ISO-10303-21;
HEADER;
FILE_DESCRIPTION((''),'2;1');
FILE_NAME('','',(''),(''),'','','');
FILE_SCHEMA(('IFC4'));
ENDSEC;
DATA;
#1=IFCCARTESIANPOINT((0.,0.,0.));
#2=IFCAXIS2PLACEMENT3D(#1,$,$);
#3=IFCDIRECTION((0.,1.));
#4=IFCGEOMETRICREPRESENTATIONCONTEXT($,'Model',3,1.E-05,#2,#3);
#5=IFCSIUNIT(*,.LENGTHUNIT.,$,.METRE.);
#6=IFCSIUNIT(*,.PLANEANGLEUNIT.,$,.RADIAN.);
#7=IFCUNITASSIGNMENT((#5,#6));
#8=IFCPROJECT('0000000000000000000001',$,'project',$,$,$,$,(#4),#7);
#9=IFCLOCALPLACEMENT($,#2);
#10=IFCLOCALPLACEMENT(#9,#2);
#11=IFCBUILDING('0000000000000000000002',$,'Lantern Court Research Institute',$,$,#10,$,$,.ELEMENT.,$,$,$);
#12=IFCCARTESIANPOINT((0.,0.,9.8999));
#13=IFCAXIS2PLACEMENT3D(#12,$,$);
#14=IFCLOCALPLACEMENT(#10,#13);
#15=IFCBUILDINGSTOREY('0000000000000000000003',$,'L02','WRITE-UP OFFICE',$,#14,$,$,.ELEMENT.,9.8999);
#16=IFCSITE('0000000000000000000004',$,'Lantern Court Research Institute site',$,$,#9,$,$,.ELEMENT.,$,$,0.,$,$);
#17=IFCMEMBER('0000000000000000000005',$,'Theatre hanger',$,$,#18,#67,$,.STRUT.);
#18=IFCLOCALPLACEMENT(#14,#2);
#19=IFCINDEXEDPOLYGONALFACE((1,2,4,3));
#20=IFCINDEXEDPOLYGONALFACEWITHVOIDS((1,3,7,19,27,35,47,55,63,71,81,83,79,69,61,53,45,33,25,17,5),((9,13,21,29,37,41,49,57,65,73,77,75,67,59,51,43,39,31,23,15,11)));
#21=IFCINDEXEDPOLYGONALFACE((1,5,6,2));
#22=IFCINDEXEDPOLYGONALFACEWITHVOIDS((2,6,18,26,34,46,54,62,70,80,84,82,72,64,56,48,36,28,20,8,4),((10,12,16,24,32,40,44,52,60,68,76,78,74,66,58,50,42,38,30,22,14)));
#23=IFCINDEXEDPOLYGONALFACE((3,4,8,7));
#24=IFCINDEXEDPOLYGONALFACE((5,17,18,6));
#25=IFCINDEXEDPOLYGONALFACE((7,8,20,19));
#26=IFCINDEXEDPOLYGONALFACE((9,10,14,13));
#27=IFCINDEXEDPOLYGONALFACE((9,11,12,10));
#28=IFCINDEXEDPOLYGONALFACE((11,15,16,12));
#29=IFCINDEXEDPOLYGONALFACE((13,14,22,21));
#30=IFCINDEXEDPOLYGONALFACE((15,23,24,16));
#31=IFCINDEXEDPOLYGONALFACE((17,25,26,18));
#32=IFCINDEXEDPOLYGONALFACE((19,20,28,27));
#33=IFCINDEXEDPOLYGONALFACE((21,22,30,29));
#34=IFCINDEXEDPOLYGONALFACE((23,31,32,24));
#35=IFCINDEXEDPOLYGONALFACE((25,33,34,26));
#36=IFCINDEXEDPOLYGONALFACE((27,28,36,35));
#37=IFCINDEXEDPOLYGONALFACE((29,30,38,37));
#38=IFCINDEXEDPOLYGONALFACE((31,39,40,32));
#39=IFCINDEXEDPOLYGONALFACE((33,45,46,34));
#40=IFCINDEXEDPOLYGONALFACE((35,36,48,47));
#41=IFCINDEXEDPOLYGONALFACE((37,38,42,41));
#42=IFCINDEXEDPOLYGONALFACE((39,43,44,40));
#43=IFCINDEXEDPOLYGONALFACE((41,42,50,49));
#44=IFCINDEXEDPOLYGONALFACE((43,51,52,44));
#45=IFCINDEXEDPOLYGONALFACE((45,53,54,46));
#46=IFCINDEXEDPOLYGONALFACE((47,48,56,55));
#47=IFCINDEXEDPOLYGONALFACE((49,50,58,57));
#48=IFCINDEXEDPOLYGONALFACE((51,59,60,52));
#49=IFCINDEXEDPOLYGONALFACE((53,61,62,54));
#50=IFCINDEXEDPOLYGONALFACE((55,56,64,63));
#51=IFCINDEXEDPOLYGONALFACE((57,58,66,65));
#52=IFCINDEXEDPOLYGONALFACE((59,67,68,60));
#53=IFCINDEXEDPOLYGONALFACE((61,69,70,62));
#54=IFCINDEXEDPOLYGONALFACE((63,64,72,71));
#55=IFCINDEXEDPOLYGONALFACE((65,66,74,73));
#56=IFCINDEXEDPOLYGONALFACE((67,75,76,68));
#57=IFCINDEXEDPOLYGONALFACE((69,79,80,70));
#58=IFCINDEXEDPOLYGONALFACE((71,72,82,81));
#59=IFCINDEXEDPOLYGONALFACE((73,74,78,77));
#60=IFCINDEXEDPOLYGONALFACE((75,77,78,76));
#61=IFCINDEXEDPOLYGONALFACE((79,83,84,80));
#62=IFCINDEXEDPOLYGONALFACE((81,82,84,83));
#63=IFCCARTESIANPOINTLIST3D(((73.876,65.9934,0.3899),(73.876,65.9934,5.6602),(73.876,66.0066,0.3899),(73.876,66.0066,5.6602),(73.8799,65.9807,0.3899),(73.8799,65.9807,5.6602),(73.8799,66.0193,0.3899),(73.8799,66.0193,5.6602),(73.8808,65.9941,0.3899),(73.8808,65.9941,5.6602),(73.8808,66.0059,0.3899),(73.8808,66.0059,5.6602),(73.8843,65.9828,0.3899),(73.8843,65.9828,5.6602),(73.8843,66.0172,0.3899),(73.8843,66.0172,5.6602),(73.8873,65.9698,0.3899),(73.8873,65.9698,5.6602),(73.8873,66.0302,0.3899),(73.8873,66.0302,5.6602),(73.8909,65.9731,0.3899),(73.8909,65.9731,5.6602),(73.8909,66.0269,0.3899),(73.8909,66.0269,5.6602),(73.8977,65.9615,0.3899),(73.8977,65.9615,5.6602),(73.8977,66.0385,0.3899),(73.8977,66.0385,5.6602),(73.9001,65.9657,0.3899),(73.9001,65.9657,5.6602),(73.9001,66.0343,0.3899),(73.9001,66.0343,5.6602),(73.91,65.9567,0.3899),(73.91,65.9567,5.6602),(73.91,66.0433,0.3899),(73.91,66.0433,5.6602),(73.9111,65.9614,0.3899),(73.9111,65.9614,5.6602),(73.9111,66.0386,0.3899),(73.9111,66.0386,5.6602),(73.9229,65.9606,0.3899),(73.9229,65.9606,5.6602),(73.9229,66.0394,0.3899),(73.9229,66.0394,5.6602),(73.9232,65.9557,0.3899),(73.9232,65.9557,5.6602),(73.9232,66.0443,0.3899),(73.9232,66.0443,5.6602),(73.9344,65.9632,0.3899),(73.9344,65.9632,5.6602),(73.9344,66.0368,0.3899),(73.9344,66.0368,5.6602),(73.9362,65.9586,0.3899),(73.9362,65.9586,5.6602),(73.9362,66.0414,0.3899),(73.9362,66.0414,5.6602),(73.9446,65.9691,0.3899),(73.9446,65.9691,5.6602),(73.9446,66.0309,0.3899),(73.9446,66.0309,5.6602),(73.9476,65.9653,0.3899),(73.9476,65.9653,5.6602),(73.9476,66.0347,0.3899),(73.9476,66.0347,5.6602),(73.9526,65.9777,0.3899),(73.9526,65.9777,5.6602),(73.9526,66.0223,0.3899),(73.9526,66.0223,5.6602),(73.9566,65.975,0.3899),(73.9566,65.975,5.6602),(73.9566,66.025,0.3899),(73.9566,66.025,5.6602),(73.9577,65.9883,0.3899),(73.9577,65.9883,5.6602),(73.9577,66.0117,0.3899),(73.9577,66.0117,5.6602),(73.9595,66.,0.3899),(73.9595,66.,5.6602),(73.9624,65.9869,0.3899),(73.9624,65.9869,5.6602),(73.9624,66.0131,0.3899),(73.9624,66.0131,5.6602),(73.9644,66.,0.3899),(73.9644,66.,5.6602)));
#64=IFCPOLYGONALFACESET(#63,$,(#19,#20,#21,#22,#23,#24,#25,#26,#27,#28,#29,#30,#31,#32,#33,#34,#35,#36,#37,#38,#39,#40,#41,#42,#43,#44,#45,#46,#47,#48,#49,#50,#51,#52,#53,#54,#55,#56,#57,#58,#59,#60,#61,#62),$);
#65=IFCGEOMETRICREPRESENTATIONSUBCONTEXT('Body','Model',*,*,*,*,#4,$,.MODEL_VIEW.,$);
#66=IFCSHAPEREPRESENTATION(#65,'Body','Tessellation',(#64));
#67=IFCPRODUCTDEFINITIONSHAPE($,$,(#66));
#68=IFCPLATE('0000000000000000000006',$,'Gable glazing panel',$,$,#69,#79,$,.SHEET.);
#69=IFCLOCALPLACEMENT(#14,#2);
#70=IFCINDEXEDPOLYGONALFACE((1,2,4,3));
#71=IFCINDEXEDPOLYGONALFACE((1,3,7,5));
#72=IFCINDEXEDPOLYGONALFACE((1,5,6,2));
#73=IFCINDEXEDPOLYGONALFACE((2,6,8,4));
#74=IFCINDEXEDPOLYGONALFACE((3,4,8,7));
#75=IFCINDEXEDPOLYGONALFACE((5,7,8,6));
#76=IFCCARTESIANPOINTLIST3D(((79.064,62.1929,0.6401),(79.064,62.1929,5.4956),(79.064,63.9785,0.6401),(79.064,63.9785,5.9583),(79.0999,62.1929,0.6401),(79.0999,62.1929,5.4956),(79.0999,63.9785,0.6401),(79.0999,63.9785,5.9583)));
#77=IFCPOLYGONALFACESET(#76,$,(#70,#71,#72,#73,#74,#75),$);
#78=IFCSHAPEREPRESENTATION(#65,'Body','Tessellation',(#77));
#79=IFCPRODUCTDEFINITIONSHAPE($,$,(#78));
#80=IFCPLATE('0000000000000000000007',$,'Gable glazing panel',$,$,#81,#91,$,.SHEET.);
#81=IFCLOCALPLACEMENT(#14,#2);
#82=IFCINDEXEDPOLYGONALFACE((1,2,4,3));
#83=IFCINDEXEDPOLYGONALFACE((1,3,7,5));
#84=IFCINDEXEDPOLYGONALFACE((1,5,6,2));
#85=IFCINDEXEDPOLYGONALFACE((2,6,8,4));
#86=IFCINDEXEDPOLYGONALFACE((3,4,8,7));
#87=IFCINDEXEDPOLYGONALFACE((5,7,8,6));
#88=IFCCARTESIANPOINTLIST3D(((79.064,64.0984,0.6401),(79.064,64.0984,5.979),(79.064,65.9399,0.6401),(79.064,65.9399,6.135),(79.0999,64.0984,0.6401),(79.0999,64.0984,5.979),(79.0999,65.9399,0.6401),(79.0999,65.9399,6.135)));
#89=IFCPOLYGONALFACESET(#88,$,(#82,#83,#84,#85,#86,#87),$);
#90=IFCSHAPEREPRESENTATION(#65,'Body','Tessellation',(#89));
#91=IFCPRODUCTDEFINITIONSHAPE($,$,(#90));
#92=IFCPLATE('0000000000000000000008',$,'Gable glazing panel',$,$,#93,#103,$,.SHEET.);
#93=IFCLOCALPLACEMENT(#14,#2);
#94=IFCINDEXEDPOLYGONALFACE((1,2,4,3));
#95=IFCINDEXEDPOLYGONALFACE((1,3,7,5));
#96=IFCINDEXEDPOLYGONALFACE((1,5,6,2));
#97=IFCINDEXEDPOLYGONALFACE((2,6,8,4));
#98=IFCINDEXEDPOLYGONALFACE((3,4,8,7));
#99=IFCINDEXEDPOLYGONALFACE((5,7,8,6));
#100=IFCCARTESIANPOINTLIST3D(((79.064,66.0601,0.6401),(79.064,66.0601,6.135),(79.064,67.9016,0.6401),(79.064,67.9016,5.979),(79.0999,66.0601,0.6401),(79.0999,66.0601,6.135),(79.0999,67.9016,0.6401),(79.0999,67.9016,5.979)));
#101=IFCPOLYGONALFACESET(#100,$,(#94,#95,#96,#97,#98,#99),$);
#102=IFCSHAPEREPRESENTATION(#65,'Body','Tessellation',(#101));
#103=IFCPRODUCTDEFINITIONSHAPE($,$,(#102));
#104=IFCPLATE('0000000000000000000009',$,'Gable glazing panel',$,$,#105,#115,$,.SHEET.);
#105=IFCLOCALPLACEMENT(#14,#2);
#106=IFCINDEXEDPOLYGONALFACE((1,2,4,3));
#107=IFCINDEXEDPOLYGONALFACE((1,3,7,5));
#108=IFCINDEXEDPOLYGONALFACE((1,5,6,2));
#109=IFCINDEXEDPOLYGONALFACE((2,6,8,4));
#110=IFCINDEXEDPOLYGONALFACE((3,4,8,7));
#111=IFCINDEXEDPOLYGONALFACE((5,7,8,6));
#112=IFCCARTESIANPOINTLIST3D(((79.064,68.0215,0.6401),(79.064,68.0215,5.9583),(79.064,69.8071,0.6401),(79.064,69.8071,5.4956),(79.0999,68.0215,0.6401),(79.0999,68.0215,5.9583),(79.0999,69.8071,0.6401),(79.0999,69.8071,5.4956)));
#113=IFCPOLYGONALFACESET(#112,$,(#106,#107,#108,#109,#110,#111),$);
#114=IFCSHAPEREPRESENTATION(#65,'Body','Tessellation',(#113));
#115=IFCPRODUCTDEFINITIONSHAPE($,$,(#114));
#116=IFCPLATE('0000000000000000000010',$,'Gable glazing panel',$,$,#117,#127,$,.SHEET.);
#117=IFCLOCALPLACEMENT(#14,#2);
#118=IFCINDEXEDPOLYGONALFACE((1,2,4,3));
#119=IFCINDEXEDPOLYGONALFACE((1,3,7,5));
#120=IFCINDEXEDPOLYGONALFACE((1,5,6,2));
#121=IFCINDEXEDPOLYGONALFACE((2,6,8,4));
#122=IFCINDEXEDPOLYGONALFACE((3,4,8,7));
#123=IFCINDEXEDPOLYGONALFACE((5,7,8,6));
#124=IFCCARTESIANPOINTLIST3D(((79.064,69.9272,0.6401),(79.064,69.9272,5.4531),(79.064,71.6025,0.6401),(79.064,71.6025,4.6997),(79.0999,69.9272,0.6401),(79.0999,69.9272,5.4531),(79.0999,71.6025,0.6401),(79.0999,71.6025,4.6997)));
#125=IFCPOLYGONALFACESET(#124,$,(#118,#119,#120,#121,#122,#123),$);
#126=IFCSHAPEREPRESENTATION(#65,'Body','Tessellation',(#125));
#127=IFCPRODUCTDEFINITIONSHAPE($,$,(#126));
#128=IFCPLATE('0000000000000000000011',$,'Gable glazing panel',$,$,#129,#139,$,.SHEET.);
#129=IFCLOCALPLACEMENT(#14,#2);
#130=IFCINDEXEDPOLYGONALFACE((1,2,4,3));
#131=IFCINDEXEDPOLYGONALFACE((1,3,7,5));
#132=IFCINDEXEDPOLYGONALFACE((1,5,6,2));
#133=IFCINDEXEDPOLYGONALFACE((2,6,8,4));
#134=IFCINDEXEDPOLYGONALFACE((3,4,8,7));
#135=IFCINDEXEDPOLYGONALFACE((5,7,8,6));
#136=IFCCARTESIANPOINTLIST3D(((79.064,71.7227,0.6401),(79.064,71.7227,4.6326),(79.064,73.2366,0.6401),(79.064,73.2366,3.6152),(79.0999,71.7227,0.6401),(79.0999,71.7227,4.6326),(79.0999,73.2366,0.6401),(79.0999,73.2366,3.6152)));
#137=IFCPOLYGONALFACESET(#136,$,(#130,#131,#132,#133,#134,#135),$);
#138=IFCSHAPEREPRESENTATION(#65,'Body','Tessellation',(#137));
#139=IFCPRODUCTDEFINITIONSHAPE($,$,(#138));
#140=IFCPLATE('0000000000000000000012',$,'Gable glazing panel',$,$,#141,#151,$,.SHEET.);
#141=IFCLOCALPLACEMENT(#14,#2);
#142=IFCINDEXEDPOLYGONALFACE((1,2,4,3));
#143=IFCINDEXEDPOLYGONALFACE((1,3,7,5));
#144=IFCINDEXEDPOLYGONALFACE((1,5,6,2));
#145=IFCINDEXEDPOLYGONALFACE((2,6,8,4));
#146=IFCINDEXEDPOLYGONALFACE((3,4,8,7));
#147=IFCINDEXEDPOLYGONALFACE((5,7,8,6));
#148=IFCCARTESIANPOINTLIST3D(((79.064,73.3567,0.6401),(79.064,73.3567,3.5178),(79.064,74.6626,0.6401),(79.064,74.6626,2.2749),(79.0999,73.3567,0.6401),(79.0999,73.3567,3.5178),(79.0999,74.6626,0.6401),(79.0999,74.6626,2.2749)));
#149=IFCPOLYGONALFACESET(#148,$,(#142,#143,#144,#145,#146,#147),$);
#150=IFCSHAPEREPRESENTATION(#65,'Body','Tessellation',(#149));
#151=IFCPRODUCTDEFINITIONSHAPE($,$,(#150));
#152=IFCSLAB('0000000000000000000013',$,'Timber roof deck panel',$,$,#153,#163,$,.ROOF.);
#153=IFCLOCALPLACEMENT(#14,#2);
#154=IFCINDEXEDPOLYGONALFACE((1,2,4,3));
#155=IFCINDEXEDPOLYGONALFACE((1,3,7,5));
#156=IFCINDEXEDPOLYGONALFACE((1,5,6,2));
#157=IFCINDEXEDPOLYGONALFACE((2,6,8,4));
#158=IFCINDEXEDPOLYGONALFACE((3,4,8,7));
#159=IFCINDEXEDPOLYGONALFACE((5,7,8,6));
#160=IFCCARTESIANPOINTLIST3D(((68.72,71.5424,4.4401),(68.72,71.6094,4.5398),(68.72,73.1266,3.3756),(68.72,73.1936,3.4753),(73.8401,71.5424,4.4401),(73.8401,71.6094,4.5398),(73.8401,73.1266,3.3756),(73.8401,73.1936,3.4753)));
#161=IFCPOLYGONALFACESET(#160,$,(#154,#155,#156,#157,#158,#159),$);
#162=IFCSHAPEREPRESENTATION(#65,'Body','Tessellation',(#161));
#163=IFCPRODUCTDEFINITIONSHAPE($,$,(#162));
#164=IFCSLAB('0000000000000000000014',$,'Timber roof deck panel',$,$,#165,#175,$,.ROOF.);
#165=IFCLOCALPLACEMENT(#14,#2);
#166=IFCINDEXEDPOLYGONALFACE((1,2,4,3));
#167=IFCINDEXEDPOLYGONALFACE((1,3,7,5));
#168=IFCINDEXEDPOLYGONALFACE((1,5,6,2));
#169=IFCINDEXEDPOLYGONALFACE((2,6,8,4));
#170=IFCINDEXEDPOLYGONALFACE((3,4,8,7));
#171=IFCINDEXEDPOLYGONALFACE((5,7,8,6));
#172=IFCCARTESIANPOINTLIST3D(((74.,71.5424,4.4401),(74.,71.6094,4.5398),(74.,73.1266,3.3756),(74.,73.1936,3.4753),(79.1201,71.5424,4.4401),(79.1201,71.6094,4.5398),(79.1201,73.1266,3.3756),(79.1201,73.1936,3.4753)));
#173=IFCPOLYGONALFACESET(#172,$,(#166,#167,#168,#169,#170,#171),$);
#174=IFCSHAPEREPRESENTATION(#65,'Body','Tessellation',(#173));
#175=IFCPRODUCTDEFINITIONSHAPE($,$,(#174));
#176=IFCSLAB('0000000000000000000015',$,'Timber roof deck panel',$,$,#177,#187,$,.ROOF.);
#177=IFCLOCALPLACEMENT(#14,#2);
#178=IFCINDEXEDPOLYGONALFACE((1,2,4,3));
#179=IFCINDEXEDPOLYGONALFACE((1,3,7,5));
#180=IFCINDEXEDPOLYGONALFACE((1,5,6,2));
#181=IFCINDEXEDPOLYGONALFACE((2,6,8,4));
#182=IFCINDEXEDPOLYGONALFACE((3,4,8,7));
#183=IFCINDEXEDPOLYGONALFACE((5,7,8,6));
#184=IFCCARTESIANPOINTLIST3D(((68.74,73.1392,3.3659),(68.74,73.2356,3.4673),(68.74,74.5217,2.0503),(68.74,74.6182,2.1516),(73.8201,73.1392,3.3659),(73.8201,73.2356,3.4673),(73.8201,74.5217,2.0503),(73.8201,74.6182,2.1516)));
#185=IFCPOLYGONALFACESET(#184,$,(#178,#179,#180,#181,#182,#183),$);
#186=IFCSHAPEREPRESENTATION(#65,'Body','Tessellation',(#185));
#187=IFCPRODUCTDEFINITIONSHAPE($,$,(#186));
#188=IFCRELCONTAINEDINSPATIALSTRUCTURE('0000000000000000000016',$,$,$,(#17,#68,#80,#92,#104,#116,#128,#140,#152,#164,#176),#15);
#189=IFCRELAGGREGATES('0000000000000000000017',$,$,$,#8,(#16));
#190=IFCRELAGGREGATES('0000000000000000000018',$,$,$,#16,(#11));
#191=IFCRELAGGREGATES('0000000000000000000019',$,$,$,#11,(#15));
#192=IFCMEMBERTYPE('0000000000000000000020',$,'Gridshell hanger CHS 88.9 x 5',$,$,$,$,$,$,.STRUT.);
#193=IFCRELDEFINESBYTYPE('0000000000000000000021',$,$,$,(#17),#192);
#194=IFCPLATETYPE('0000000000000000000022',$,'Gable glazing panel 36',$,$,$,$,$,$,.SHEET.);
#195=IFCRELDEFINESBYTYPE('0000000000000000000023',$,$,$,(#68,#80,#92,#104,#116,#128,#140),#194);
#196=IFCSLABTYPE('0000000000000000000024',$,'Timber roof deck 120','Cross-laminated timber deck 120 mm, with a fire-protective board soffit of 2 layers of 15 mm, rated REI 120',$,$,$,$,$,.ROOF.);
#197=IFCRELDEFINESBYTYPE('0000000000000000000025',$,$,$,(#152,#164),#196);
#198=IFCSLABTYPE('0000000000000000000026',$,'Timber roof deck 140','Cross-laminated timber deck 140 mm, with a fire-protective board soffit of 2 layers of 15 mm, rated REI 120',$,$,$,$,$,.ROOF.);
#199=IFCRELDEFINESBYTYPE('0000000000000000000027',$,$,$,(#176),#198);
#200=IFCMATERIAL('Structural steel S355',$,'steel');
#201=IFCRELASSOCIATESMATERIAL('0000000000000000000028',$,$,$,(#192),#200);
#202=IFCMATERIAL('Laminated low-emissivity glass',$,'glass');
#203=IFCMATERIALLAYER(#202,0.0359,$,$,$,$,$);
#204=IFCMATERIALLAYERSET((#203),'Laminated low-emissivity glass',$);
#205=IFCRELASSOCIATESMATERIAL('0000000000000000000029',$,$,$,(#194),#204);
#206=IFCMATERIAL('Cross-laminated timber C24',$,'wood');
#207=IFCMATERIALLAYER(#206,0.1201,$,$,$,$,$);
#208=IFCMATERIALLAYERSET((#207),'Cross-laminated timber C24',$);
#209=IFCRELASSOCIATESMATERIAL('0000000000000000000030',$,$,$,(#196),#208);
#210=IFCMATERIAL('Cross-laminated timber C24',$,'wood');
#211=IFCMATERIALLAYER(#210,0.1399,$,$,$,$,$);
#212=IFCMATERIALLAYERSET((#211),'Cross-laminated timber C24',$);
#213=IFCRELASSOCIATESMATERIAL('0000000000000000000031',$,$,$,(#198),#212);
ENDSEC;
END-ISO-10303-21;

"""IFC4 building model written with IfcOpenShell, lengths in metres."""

from ifc_helpers import new_model, si_unit, direction, frame, origin, origin_2d, place, context, subcontext, project, spatial, polyline, hollow_circle, outline, extrude, material, layer, layer_set, material_profile, profile_set, type_object, element, save


model = new_model("IFC4")

# Units and contexts
model_context = context("Model", 3, precision=1e-05, world=origin(), true_north=direction((0.0, 1.0)))
body_context = subcontext(model_context, "Body", "Model", "MODEL_VIEW")
ifc_project = project(units=[si_unit("LENGTHUNIT", "METRE"), si_unit("PLANEANGLEUNIT", "RADIAN")], contexts=[model_context])

# Site, building, storey
site_placement = place(None, origin())
site = spatial("IfcSite", under=ifc_project, at=site_placement, Name="Lantern Court Research Institute site", CompositionType="ELEMENT", RefElevation=0.0)
building_placement = place(site_placement, origin())
building = spatial("IfcBuilding", under=site, at=building_placement, Name="Lantern Court Research Institute", CompositionType="ELEMENT")
storey_placement = place(building_placement, frame((0.0, 0.0, 9.8999)))
storey = spatial("IfcBuildingStorey", under=building, at=storey_placement, Name="L02", Description="WRITE-UP OFFICE", CompositionType="ELEMENT", Elevation=9.8999)

# Member
ifc_material_1 = material(Name="Structural steel S355", Category="steel")
ifc_material_profile_1 = material_profile(ifc_material_1, hollow_circle(Radius=0.0444, WallThickness=0.0049, at=origin_2d()), Name="Gridshell hanger CHS 88.9 x 5")
ifc_profile_set_1 = profile_set([ifc_material_profile_1], Name="Structural steel S355")
member_type_1 = type_object("IfcMemberType", Name="Gridshell hanger CHS 88.9 x 5", PredefinedType="STRUT", material=ifc_profile_set_1)
for number, where, z_axis, x_axis, name in (
    (1, (73.9199, 66.0, 0.3899), (0.0, 0.0, 1.0), (1.0, 0.0, 0.0), "Theatre hanger"),
):
    element("IfcMember", number, at=place(storey_placement, frame(where, z_axis=z_axis, x_axis=x_axis)), inside=storey, type_object=member_type_1, Name=name, PredefinedType="STRUT", context=body_context, shape_type="SweptSolid", body=[
        extrude(hollow_circle(Radius=0.0444, WallThickness=0.0049, at=origin_2d()), origin(), (0.0, 0.0, 1.0), 5.2703),
    ])

# Plates
ifc_material_2 = material(Name="Laminated low-emissivity glass", Category="glass")
ifc_layer_1 = layer(ifc_material_2, 0.0359)
ifc_layer_set_1 = layer_set([ifc_layer_1], Name="Laminated low-emissivity glass")
plate_type = type_object("IfcPlateType", Name="Gable glazing panel 36", PredefinedType="SHEET", material=ifc_layer_set_1)
plate_1_placement = place(storey_placement, frame((79.082, 62.1929, 0.6401), z_axis=(0.0, 0.0, 1.0), x_axis=(0.0, 1.0, 0.0)))
element("IfcPlate", 2, at=plate_1_placement, inside=storey, type_object=plate_type, Name="Gable glazing panel", PredefinedType="SHEET", context=body_context, shape_type="SweptSolid", body=[
    extrude(outline(polyline([(0.0, 0.0), (1.7856, 0.0), (1.7856, 5.3181), (0.0, 4.8555), (0.0, 0.0)])), frame((0.0, 0.0181, 0.0), z_axis=(0.0, -1.0, 0.0), x_axis=(1.0, 0.0, 0.0)), (0.0, 0.0, 1.0), 0.0359),
])
plate_2_placement = place(storey_placement, frame((79.082, 64.0984, 0.6401), z_axis=(0.0, 0.0, 1.0), x_axis=(0.0, 1.0, 0.0)))
element("IfcPlate", 3, at=plate_2_placement, inside=storey, type_object=plate_type, Name="Gable glazing panel", PredefinedType="SHEET", context=body_context, shape_type="SweptSolid", body=[
    extrude(outline(polyline([(0.0, 0.0), (1.8416, 0.0), (1.8416, 5.4949), (0.0, 5.3389), (0.0, 0.0)])), frame((0.0, 0.0181, 0.0), z_axis=(0.0, -1.0, 0.0), x_axis=(1.0, 0.0, 0.0)), (0.0, 0.0, 1.0), 0.0359),
])
plate_3_placement = place(storey_placement, frame((79.082, 66.0601, 0.6401), z_axis=(0.0, 0.0, 1.0), x_axis=(0.0, 1.0, 0.0)))
element("IfcPlate", 4, at=plate_3_placement, inside=storey, type_object=plate_type, Name="Gable glazing panel", PredefinedType="SHEET", context=body_context, shape_type="SweptSolid", body=[
    extrude(outline(polyline([(0.0, 0.0), (1.8416, 0.0), (1.8416, 5.3389), (0.0, 5.4949), (0.0, 0.0)])), frame((0.0, 0.0181, 0.0), z_axis=(0.0, -1.0, 0.0), x_axis=(1.0, 0.0, 0.0)), (0.0, 0.0, 1.0), 0.0359),
])
plate_4_placement = place(storey_placement, frame((79.082, 68.0215, 0.6401), z_axis=(0.0, 0.0, 1.0), x_axis=(0.0, 1.0, 0.0)))
element("IfcPlate", 5, at=plate_4_placement, inside=storey, type_object=plate_type, Name="Gable glazing panel", PredefinedType="SHEET", context=body_context, shape_type="SweptSolid", body=[
    extrude(outline(polyline([(0.0, 0.0), (1.7856, 0.0), (1.7856, 4.8555), (0.0, 5.3181), (0.0, 0.0)])), frame((0.0, 0.0181, 0.0), z_axis=(0.0, -1.0, 0.0), x_axis=(1.0, 0.0, 0.0)), (0.0, 0.0, 1.0), 0.0359),
])
plate_5_placement = place(storey_placement, frame((79.082, 69.9272, 0.6401), z_axis=(0.0, 0.0, 1.0), x_axis=(0.0, 1.0, 0.0)))
element("IfcPlate", 6, at=plate_5_placement, inside=storey, type_object=plate_type, Name="Gable glazing panel", PredefinedType="SHEET", context=body_context, shape_type="SweptSolid", body=[
    extrude(outline(polyline([(0.0, 0.0), (1.6753, 0.0), (1.6753, 4.0596), (0.0, 4.813), (0.0, 0.0)])), frame((0.0, 0.0181, 0.0), z_axis=(0.0, -1.0, 0.0), x_axis=(1.0, 0.0, 0.0)), (0.0, 0.0, 1.0), 0.0359),
])
plate_6_placement = place(storey_placement, frame((79.082, 71.7227, 0.6401), z_axis=(0.0, 0.0, 1.0), x_axis=(0.0, 1.0, 0.0)))
element("IfcPlate", 7, at=plate_6_placement, inside=storey, type_object=plate_type, Name="Gable glazing panel", PredefinedType="SHEET", context=body_context, shape_type="SweptSolid", body=[
    extrude(outline(polyline([(0.0, 0.0), (1.5139, 0.0), (1.5139, 2.9751), (0.0, 3.9924), (0.0, 0.0)])), frame((0.0, 0.0181, 0.0), z_axis=(0.0, -1.0, 0.0), x_axis=(1.0, 0.0, 0.0)), (0.0, 0.0, 1.0), 0.0359),
])
plate_7_placement = place(storey_placement, frame((79.082, 73.3567, 0.6401), z_axis=(0.0, 0.0, 1.0), x_axis=(0.0, 1.0, 0.0)))
element("IfcPlate", 8, at=plate_7_placement, inside=storey, type_object=plate_type, Name="Gable glazing panel", PredefinedType="SHEET", context=body_context, shape_type="SweptSolid", body=[
    extrude(outline(polyline([(0.0, 0.0), (1.3059, 0.0), (1.3059, 1.6348), (0.0, 2.8777), (0.0, 0.0)])), frame((0.0, 0.0181, 0.0), z_axis=(0.0, -1.0, 0.0), x_axis=(1.0, 0.0, 0.0)), (0.0, 0.0, 1.0), 0.0359),
])

# Slabs
ifc_material_3 = material(Name="Cross-laminated timber C24", Category="wood")
ifc_layer_2 = layer(ifc_material_3, 0.1201)
ifc_layer_set_2 = layer_set([ifc_layer_2], Name="Cross-laminated timber C24")
slab_type_1 = type_object("IfcSlabType", Name="Timber roof deck 120", Description="Cross-laminated timber deck 120 mm, with a fire-protective board soffit of 2 layers of 15 mm, rated REI 120", PredefinedType="ROOF", material=ifc_layer_set_2)
for number, where, z_axis, x_axis, name in (
    (9, (68.72, 71.6094, 4.5398), (0.0, 0.557707, 0.830038), (1.0, 0.0, 0.0), "Timber roof deck panel"),
    (10, (74.0, 71.6094, 4.5398), (0.0, 0.557707, 0.830038), (1.0, 0.0, 0.0), "Timber roof deck panel"),
):
    element("IfcSlab", number, at=place(storey_placement, frame(where, z_axis=z_axis, x_axis=x_axis)), inside=storey, type_object=slab_type_1, Name=name, PredefinedType="ROOF", context=body_context, shape_type="SweptSolid", body=[
        extrude(outline(polyline([(0.0, 0.0), (5.1201, 0.0), (5.1201, 1.9086), (0.0, 1.9086), (0.0, 0.0)])), origin(), (0.0, 0.0, -1.0), 0.1201),
    ])
ifc_material_4 = material(Name="Cross-laminated timber C24", Category="wood")
ifc_layer_3 = layer(ifc_material_4, 0.1399)
ifc_layer_set_3 = layer_set([ifc_layer_3], Name="Cross-laminated timber C24")
slab_type_2 = type_object("IfcSlabType", Name="Timber roof deck 140", Description="Cross-laminated timber deck 140 mm, with a fire-protective board soffit of 2 layers of 15 mm, rated REI 120", PredefinedType="ROOF", material=ifc_layer_set_3)
for number, where, z_axis, x_axis, name in (
    (11, (68.74, 73.2356, 3.4673), (0.0, 0.689364, 0.724415), (1.0, 0.0, 0.0), "Timber roof deck panel"),
):
    element("IfcSlab", number, at=place(storey_placement, frame(where, z_axis=z_axis, x_axis=x_axis)), inside=storey, type_object=slab_type_2, Name=name, PredefinedType="ROOF", context=body_context, shape_type="SweptSolid", body=[
        extrude(outline(polyline([(0.0, 0.0), (5.0801, 0.0), (5.0801, 1.9085), (0.0, 1.9085), (0.0, 0.0)])), origin(), (0.0, 0.0, -1.0), 0.1399),
    ])

save(model, "model.ifc")
